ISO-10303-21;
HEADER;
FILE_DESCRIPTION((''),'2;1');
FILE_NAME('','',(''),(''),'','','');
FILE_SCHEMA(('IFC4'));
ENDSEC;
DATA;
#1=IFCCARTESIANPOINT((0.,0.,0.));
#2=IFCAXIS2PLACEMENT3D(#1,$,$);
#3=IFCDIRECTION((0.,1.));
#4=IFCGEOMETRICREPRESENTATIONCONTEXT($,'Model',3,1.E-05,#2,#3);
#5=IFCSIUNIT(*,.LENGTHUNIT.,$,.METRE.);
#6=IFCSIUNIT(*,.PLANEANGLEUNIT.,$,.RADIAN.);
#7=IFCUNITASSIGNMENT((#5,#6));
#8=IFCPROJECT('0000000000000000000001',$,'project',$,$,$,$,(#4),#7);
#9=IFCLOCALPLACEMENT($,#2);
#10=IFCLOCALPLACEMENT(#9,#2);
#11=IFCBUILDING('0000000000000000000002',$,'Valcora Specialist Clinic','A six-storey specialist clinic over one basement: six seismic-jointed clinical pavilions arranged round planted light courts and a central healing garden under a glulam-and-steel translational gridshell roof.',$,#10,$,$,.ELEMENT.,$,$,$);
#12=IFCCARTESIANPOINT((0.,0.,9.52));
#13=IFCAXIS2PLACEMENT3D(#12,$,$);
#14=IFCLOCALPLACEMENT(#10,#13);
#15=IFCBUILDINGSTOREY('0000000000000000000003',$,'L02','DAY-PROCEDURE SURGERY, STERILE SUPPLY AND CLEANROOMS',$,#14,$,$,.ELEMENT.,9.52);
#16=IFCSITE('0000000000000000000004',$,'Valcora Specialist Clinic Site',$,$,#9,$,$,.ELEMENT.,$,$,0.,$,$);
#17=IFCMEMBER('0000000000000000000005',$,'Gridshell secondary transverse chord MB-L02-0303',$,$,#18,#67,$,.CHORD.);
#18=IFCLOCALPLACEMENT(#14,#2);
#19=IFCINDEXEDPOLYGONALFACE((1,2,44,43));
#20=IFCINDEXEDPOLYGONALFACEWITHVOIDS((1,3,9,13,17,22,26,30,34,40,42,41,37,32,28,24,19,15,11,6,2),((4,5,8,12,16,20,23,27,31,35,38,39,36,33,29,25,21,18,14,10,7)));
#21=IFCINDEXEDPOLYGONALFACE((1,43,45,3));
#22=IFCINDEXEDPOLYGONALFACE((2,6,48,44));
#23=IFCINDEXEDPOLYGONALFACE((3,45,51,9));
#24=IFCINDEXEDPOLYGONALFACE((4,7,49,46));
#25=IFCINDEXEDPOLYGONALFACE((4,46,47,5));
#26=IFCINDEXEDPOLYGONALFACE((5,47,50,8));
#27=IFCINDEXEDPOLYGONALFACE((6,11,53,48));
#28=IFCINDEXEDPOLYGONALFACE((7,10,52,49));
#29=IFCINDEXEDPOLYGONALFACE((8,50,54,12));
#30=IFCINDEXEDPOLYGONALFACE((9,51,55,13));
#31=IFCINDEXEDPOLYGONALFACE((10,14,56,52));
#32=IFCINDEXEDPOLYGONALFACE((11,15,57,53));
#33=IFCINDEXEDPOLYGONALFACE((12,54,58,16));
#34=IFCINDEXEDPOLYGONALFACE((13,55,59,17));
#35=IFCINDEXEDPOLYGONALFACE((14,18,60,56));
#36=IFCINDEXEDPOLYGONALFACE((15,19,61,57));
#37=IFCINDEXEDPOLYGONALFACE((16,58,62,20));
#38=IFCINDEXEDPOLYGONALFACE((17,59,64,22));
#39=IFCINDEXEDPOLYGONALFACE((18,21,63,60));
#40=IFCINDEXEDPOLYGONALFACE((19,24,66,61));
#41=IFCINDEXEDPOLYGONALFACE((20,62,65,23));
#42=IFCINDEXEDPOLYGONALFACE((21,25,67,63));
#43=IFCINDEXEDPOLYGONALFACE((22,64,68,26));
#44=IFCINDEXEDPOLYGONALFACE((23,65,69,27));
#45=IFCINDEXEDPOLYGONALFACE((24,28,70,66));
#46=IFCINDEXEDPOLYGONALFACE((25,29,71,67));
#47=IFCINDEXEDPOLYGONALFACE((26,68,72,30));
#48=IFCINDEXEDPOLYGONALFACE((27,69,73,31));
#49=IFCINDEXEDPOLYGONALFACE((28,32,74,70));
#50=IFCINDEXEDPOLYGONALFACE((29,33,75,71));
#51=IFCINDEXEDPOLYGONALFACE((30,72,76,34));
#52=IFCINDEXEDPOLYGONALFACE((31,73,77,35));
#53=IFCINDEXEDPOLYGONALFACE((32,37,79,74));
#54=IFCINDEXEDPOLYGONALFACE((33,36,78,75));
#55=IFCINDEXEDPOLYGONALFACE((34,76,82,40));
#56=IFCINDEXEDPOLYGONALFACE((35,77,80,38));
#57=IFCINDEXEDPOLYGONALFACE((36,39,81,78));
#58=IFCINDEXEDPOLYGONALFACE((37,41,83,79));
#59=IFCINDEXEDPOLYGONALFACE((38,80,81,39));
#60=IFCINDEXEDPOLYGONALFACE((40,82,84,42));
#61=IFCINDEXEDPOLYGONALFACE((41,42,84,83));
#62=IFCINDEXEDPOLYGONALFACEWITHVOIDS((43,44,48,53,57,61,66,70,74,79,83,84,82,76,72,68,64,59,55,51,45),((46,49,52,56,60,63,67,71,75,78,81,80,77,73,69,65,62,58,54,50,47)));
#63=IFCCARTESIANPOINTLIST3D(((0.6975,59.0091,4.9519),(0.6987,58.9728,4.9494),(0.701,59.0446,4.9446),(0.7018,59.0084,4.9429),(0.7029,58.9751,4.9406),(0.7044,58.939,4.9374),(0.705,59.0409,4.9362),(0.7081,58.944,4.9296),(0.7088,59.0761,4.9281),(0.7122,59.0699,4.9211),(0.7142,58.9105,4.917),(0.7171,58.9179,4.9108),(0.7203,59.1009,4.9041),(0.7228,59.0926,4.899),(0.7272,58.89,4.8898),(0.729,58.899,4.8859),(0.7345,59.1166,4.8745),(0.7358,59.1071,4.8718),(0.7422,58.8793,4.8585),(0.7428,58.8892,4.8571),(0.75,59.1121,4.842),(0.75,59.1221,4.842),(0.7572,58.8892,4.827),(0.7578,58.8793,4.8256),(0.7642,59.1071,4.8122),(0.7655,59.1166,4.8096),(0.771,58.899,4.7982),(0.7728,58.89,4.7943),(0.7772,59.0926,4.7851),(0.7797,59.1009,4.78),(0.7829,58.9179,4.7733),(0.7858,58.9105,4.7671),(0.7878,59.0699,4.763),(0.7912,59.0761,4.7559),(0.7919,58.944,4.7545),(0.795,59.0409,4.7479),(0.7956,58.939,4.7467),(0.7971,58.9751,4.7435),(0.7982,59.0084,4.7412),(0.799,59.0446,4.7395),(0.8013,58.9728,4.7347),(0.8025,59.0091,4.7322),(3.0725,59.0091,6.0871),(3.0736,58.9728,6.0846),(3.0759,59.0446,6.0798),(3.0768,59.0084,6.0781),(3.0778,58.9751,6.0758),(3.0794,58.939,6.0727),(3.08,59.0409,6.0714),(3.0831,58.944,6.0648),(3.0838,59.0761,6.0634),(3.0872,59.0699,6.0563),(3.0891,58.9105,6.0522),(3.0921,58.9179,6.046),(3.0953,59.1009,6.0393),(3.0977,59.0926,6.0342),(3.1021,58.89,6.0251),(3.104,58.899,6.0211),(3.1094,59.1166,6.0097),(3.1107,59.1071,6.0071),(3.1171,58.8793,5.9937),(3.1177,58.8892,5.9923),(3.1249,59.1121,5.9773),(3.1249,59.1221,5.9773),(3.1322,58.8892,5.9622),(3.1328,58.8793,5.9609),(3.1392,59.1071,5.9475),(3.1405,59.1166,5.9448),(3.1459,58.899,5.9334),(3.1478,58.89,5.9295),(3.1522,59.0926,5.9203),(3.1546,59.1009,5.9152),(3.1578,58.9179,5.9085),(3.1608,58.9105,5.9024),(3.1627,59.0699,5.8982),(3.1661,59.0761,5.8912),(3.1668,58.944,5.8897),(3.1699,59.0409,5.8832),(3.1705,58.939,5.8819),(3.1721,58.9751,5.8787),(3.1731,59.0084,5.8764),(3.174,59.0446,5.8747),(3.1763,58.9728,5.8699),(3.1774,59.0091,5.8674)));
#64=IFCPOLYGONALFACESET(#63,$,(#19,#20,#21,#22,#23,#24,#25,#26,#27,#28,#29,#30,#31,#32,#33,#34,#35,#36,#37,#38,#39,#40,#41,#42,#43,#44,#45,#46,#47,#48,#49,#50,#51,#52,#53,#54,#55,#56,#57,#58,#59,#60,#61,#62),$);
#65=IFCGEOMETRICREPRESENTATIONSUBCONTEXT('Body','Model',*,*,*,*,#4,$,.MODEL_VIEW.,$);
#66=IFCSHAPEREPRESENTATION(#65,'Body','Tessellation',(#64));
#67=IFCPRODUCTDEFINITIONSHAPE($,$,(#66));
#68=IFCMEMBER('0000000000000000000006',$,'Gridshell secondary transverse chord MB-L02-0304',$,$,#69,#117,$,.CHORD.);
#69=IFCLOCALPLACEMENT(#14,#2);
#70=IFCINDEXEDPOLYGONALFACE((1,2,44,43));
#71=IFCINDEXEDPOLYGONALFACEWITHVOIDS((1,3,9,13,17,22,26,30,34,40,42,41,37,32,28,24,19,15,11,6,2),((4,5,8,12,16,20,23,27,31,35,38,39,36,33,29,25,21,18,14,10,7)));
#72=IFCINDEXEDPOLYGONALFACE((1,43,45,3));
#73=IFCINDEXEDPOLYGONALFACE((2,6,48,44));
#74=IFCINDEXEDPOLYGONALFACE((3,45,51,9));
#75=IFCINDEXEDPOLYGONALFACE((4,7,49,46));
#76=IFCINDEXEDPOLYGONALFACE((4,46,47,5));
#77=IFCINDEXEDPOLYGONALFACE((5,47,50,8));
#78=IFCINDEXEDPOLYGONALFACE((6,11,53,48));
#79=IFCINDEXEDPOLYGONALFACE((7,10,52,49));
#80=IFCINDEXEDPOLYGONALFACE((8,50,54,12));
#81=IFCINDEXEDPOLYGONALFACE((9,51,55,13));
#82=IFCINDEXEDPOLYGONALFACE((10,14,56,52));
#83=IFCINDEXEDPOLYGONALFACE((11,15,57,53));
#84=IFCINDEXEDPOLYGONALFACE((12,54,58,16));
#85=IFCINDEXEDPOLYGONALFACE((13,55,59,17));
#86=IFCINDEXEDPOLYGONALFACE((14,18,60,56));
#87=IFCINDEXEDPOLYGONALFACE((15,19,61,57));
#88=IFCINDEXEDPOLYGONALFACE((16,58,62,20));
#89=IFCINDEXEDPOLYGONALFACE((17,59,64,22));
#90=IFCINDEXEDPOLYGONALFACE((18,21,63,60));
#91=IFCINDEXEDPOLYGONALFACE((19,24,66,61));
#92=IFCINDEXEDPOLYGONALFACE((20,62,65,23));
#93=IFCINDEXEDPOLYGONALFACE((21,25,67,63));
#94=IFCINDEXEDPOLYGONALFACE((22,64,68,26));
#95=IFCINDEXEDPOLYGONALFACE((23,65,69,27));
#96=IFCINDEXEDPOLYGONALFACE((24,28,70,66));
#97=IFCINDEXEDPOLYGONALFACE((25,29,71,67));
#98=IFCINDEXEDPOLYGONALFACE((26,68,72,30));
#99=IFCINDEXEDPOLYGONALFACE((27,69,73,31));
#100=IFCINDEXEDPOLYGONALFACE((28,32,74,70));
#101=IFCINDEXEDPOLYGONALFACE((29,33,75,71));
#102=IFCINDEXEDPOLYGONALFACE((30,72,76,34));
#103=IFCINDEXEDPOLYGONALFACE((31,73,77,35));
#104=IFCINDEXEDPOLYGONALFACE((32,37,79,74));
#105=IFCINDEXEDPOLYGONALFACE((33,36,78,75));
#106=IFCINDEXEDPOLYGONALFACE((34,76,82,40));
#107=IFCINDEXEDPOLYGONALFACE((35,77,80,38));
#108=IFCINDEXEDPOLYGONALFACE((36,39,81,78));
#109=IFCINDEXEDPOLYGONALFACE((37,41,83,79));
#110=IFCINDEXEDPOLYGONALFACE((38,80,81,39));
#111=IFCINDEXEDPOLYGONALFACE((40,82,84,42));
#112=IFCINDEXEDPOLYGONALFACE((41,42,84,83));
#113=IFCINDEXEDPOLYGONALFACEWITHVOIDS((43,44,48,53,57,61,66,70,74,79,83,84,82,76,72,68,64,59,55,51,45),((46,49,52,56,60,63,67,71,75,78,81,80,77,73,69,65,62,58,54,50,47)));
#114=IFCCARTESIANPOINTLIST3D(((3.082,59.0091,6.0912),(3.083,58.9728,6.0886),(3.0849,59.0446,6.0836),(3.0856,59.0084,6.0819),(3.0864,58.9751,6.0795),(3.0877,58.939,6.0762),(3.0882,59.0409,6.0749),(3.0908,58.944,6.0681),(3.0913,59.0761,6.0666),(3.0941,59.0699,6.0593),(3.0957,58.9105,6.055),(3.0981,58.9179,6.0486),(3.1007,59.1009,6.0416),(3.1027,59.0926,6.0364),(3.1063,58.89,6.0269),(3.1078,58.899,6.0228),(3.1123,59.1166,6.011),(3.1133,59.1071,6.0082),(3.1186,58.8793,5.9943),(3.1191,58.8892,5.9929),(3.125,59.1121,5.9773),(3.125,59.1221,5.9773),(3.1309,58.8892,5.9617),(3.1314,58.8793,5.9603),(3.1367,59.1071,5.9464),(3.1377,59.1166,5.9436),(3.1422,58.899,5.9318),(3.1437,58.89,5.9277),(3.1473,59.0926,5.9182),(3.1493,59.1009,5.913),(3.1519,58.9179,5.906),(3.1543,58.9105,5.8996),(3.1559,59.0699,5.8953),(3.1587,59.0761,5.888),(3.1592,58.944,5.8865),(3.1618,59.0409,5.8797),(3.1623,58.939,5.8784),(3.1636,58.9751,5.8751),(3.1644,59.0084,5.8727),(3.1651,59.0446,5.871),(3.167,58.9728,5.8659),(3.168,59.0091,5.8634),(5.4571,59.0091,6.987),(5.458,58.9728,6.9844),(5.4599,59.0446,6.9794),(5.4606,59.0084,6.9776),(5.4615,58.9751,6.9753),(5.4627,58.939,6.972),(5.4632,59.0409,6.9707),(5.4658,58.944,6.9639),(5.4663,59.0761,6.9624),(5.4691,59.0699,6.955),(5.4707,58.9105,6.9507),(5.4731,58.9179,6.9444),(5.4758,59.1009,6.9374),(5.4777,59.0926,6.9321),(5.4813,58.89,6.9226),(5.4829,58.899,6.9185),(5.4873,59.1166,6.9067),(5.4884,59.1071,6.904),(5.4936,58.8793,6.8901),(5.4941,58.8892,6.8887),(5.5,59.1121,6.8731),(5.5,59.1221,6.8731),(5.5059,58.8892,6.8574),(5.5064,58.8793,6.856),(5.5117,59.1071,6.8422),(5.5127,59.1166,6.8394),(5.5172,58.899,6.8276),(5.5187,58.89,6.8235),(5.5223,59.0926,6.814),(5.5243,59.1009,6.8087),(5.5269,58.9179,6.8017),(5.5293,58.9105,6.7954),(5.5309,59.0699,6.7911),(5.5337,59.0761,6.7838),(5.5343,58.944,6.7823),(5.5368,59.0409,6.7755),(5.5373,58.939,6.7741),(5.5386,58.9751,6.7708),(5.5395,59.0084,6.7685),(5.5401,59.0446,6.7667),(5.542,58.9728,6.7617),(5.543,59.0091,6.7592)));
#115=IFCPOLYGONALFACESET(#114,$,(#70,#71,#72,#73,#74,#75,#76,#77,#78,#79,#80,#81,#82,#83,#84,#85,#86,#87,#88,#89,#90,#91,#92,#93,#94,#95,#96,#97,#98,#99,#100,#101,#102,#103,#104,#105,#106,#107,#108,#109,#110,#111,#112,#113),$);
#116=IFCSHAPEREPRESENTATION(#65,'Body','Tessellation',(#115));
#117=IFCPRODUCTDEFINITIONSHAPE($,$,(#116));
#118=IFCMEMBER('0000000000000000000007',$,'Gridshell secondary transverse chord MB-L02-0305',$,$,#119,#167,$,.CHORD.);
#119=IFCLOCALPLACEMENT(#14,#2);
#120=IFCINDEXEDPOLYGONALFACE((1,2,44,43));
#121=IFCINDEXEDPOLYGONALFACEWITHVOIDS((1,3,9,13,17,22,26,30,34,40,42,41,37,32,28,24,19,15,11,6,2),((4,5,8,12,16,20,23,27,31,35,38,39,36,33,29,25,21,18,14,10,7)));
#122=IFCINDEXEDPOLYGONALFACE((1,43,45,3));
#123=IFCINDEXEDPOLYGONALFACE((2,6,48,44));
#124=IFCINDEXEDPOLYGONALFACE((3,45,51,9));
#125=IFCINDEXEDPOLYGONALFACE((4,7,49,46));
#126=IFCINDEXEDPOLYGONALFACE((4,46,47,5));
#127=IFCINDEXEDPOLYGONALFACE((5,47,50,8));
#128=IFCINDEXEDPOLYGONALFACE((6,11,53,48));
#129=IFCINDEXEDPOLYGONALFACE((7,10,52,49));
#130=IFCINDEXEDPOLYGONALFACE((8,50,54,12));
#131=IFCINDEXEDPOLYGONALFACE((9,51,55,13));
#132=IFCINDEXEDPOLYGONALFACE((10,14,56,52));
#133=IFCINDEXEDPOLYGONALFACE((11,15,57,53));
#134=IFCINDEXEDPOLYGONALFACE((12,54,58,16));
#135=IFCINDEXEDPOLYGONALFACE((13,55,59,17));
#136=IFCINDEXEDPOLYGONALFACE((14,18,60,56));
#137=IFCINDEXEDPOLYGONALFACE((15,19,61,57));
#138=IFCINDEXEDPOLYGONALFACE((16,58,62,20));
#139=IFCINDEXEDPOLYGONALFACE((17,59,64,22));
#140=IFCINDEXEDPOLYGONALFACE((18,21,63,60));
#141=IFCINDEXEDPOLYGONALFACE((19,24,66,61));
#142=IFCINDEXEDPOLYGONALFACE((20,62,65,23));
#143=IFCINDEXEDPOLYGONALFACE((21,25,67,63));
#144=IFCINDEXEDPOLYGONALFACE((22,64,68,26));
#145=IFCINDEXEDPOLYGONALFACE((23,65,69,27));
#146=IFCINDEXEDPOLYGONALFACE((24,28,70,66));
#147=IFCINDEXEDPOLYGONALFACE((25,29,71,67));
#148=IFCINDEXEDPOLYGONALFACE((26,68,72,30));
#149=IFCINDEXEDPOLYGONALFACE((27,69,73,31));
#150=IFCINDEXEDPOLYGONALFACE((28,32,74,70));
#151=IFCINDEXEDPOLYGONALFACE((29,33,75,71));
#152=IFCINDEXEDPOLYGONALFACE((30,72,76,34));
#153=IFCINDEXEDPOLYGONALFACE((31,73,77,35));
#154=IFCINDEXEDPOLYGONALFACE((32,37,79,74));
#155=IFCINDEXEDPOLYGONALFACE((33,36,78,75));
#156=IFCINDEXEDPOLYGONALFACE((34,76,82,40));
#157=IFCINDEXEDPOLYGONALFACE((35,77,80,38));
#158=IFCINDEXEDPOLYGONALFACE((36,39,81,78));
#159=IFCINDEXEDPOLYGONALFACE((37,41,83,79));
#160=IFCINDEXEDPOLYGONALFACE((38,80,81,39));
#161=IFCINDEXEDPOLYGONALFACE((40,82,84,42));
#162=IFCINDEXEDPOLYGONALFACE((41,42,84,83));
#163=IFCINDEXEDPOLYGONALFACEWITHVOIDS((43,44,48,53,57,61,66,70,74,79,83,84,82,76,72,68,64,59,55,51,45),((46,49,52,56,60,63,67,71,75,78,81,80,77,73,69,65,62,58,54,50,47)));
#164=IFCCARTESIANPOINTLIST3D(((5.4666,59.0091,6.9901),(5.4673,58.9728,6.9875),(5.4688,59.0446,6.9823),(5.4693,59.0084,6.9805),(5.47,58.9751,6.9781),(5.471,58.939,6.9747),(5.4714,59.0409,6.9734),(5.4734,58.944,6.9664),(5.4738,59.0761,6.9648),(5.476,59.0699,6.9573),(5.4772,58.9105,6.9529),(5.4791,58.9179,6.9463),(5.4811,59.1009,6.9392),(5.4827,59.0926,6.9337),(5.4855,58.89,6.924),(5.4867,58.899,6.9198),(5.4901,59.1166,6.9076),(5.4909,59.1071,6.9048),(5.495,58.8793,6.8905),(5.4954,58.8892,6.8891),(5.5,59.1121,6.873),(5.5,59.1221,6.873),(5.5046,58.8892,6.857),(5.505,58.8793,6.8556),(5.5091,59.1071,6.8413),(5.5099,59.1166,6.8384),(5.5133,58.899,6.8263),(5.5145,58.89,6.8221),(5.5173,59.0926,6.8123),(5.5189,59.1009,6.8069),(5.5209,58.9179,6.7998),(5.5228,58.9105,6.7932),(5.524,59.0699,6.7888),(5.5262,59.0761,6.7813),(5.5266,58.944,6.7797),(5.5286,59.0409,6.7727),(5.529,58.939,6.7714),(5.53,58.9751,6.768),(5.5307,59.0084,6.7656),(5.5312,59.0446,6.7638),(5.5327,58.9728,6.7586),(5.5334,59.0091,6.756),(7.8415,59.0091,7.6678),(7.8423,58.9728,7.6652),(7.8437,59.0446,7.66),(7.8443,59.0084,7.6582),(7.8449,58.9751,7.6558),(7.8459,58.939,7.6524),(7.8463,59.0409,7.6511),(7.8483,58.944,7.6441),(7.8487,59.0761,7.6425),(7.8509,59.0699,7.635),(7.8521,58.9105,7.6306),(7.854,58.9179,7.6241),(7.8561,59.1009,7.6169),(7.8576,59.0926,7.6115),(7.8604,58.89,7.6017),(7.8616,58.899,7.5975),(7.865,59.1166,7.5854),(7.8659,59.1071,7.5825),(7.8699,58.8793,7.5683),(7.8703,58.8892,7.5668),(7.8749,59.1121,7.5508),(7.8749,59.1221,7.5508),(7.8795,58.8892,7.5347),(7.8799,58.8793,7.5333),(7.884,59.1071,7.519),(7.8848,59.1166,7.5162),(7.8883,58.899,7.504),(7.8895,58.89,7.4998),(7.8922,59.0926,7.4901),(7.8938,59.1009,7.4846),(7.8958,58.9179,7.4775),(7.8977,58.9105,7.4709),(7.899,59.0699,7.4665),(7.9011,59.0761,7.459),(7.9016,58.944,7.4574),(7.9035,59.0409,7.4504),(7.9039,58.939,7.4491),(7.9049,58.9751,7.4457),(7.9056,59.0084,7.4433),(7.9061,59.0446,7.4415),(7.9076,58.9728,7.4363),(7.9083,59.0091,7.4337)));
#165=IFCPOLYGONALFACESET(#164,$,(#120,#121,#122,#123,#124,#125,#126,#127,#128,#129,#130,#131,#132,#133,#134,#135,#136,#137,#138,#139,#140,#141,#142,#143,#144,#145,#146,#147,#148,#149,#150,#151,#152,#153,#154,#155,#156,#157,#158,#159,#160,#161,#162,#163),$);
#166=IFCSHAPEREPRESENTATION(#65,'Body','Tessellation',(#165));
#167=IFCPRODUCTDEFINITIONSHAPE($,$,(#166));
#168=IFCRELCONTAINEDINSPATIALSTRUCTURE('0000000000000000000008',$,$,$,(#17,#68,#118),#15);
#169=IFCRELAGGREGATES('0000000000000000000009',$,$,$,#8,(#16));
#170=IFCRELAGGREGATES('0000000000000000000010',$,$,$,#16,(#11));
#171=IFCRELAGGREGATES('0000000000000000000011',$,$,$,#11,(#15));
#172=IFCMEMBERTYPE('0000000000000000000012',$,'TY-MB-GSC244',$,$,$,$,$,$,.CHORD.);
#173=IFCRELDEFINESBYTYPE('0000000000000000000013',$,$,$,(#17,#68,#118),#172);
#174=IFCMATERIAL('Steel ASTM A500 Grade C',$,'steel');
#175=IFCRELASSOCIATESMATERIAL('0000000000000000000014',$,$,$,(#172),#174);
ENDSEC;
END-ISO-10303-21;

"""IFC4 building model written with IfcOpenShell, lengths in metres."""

from ifc_helpers import new_model, si_unit, direction, frame, origin, origin_2d, place, context, subcontext, project, spatial, hollow_circle, extrude, material, material_profile, profile_set, type_object, element, save


model = new_model("IFC4")

# Units and contexts
model_context = context("Model", 3, precision=1e-05, world=origin(), true_north=direction((0.0, 1.0)))
body_context = subcontext(model_context, "Body", "Model", "MODEL_VIEW")
ifc_project = project(units=[si_unit("LENGTHUNIT", "METRE"), si_unit("PLANEANGLEUNIT", "RADIAN")], contexts=[model_context])

# Site, building, storey
site_placement = place(None, origin())
site = spatial("IfcSite", under=ifc_project, at=site_placement, Name="Valcora Specialist Clinic Site", CompositionType="ELEMENT", RefElevation=0.0)
building_placement = place(site_placement, origin())
building = spatial("IfcBuilding", under=site, at=building_placement, Name="Valcora Specialist Clinic", Description="A six-storey specialist clinic over one basement: six seismic-jointed clinical pavilions arranged round planted light courts and a central healing garden under a glulam-and-steel translational gridshell roof.", CompositionType="ELEMENT")
storey_placement = place(building_placement, frame((0.0, 0.0, 9.52)))
storey = spatial("IfcBuildingStorey", under=building, at=storey_placement, Name="L02", Description="DAY-PROCEDURE SURGERY, STERILE SUPPLY AND CLEANROOMS", CompositionType="ELEMENT", Elevation=9.52)

# Members
ifc_material_1 = material(Name="Steel ASTM A500 Grade C", Category="steel")
ifc_material_profile_1 = material_profile(ifc_material_1, hollow_circle(Radius=0.1221, WallThickness=0.01, at=origin_2d()), Name="ST-CHS-244X10")
ifc_profile_set_1 = profile_set([ifc_material_profile_1], Name="Steel ASTM A500 Grade C")
member_type_1 = type_object("IfcMemberType", Name="TY-MB-GSC244", PredefinedType="CHORD", material=ifc_profile_set_1)
member_1_placement = place(storey_placement, frame((0.75, 59.0, 4.842), z_axis=(0.902225, 0.0, 0.431265), x_axis=(0.0, 1.0, 0.0)))
element("IfcMember", 1, at=member_1_placement, inside=storey, type_object=member_type_1, Name="Gridshell secondary transverse chord MB-L02-0303", PredefinedType="CHORD", context=body_context, shape_type="SweptSolid", body=[
    extrude(hollow_circle(Radius=0.1221, WallThickness=0.01, at=origin_2d()), origin(), (0.0, 0.0, 1.0), 2.6323),
])
member_2_placement = place(storey_placement, frame((3.125, 59.0, 5.9773), z_axis=(0.935663, 0.0, 0.352894), x_axis=(0.0, 1.0, 0.0)))
element("IfcMember", 2, at=member_2_placement, inside=storey, type_object=member_type_1, Name="Gridshell secondary transverse chord MB-L02-0304", PredefinedType="CHORD", context=body_context, shape_type="SweptSolid", body=[
    extrude(hollow_circle(Radius=0.1221, WallThickness=0.01, at=origin_2d()), origin(), (0.0, 0.0, 1.0), 2.5383),
])
member_3_placement = place(storey_placement, frame((5.5, 59.0, 6.873), z_axis=(0.961613, 0.0, 0.274408), x_axis=(0.0, 1.0, 0.0)))
element("IfcMember", 3, at=member_3_placement, inside=storey, type_object=member_type_1, Name="Gridshell secondary transverse chord MB-L02-0305", PredefinedType="CHORD", context=body_context, shape_type="SweptSolid", body=[
    extrude(hollow_circle(Radius=0.1221, WallThickness=0.01, at=origin_2d()), origin(), (0.0, 0.0, 1.0), 2.4697),
])

save(model, "model.ifc")
